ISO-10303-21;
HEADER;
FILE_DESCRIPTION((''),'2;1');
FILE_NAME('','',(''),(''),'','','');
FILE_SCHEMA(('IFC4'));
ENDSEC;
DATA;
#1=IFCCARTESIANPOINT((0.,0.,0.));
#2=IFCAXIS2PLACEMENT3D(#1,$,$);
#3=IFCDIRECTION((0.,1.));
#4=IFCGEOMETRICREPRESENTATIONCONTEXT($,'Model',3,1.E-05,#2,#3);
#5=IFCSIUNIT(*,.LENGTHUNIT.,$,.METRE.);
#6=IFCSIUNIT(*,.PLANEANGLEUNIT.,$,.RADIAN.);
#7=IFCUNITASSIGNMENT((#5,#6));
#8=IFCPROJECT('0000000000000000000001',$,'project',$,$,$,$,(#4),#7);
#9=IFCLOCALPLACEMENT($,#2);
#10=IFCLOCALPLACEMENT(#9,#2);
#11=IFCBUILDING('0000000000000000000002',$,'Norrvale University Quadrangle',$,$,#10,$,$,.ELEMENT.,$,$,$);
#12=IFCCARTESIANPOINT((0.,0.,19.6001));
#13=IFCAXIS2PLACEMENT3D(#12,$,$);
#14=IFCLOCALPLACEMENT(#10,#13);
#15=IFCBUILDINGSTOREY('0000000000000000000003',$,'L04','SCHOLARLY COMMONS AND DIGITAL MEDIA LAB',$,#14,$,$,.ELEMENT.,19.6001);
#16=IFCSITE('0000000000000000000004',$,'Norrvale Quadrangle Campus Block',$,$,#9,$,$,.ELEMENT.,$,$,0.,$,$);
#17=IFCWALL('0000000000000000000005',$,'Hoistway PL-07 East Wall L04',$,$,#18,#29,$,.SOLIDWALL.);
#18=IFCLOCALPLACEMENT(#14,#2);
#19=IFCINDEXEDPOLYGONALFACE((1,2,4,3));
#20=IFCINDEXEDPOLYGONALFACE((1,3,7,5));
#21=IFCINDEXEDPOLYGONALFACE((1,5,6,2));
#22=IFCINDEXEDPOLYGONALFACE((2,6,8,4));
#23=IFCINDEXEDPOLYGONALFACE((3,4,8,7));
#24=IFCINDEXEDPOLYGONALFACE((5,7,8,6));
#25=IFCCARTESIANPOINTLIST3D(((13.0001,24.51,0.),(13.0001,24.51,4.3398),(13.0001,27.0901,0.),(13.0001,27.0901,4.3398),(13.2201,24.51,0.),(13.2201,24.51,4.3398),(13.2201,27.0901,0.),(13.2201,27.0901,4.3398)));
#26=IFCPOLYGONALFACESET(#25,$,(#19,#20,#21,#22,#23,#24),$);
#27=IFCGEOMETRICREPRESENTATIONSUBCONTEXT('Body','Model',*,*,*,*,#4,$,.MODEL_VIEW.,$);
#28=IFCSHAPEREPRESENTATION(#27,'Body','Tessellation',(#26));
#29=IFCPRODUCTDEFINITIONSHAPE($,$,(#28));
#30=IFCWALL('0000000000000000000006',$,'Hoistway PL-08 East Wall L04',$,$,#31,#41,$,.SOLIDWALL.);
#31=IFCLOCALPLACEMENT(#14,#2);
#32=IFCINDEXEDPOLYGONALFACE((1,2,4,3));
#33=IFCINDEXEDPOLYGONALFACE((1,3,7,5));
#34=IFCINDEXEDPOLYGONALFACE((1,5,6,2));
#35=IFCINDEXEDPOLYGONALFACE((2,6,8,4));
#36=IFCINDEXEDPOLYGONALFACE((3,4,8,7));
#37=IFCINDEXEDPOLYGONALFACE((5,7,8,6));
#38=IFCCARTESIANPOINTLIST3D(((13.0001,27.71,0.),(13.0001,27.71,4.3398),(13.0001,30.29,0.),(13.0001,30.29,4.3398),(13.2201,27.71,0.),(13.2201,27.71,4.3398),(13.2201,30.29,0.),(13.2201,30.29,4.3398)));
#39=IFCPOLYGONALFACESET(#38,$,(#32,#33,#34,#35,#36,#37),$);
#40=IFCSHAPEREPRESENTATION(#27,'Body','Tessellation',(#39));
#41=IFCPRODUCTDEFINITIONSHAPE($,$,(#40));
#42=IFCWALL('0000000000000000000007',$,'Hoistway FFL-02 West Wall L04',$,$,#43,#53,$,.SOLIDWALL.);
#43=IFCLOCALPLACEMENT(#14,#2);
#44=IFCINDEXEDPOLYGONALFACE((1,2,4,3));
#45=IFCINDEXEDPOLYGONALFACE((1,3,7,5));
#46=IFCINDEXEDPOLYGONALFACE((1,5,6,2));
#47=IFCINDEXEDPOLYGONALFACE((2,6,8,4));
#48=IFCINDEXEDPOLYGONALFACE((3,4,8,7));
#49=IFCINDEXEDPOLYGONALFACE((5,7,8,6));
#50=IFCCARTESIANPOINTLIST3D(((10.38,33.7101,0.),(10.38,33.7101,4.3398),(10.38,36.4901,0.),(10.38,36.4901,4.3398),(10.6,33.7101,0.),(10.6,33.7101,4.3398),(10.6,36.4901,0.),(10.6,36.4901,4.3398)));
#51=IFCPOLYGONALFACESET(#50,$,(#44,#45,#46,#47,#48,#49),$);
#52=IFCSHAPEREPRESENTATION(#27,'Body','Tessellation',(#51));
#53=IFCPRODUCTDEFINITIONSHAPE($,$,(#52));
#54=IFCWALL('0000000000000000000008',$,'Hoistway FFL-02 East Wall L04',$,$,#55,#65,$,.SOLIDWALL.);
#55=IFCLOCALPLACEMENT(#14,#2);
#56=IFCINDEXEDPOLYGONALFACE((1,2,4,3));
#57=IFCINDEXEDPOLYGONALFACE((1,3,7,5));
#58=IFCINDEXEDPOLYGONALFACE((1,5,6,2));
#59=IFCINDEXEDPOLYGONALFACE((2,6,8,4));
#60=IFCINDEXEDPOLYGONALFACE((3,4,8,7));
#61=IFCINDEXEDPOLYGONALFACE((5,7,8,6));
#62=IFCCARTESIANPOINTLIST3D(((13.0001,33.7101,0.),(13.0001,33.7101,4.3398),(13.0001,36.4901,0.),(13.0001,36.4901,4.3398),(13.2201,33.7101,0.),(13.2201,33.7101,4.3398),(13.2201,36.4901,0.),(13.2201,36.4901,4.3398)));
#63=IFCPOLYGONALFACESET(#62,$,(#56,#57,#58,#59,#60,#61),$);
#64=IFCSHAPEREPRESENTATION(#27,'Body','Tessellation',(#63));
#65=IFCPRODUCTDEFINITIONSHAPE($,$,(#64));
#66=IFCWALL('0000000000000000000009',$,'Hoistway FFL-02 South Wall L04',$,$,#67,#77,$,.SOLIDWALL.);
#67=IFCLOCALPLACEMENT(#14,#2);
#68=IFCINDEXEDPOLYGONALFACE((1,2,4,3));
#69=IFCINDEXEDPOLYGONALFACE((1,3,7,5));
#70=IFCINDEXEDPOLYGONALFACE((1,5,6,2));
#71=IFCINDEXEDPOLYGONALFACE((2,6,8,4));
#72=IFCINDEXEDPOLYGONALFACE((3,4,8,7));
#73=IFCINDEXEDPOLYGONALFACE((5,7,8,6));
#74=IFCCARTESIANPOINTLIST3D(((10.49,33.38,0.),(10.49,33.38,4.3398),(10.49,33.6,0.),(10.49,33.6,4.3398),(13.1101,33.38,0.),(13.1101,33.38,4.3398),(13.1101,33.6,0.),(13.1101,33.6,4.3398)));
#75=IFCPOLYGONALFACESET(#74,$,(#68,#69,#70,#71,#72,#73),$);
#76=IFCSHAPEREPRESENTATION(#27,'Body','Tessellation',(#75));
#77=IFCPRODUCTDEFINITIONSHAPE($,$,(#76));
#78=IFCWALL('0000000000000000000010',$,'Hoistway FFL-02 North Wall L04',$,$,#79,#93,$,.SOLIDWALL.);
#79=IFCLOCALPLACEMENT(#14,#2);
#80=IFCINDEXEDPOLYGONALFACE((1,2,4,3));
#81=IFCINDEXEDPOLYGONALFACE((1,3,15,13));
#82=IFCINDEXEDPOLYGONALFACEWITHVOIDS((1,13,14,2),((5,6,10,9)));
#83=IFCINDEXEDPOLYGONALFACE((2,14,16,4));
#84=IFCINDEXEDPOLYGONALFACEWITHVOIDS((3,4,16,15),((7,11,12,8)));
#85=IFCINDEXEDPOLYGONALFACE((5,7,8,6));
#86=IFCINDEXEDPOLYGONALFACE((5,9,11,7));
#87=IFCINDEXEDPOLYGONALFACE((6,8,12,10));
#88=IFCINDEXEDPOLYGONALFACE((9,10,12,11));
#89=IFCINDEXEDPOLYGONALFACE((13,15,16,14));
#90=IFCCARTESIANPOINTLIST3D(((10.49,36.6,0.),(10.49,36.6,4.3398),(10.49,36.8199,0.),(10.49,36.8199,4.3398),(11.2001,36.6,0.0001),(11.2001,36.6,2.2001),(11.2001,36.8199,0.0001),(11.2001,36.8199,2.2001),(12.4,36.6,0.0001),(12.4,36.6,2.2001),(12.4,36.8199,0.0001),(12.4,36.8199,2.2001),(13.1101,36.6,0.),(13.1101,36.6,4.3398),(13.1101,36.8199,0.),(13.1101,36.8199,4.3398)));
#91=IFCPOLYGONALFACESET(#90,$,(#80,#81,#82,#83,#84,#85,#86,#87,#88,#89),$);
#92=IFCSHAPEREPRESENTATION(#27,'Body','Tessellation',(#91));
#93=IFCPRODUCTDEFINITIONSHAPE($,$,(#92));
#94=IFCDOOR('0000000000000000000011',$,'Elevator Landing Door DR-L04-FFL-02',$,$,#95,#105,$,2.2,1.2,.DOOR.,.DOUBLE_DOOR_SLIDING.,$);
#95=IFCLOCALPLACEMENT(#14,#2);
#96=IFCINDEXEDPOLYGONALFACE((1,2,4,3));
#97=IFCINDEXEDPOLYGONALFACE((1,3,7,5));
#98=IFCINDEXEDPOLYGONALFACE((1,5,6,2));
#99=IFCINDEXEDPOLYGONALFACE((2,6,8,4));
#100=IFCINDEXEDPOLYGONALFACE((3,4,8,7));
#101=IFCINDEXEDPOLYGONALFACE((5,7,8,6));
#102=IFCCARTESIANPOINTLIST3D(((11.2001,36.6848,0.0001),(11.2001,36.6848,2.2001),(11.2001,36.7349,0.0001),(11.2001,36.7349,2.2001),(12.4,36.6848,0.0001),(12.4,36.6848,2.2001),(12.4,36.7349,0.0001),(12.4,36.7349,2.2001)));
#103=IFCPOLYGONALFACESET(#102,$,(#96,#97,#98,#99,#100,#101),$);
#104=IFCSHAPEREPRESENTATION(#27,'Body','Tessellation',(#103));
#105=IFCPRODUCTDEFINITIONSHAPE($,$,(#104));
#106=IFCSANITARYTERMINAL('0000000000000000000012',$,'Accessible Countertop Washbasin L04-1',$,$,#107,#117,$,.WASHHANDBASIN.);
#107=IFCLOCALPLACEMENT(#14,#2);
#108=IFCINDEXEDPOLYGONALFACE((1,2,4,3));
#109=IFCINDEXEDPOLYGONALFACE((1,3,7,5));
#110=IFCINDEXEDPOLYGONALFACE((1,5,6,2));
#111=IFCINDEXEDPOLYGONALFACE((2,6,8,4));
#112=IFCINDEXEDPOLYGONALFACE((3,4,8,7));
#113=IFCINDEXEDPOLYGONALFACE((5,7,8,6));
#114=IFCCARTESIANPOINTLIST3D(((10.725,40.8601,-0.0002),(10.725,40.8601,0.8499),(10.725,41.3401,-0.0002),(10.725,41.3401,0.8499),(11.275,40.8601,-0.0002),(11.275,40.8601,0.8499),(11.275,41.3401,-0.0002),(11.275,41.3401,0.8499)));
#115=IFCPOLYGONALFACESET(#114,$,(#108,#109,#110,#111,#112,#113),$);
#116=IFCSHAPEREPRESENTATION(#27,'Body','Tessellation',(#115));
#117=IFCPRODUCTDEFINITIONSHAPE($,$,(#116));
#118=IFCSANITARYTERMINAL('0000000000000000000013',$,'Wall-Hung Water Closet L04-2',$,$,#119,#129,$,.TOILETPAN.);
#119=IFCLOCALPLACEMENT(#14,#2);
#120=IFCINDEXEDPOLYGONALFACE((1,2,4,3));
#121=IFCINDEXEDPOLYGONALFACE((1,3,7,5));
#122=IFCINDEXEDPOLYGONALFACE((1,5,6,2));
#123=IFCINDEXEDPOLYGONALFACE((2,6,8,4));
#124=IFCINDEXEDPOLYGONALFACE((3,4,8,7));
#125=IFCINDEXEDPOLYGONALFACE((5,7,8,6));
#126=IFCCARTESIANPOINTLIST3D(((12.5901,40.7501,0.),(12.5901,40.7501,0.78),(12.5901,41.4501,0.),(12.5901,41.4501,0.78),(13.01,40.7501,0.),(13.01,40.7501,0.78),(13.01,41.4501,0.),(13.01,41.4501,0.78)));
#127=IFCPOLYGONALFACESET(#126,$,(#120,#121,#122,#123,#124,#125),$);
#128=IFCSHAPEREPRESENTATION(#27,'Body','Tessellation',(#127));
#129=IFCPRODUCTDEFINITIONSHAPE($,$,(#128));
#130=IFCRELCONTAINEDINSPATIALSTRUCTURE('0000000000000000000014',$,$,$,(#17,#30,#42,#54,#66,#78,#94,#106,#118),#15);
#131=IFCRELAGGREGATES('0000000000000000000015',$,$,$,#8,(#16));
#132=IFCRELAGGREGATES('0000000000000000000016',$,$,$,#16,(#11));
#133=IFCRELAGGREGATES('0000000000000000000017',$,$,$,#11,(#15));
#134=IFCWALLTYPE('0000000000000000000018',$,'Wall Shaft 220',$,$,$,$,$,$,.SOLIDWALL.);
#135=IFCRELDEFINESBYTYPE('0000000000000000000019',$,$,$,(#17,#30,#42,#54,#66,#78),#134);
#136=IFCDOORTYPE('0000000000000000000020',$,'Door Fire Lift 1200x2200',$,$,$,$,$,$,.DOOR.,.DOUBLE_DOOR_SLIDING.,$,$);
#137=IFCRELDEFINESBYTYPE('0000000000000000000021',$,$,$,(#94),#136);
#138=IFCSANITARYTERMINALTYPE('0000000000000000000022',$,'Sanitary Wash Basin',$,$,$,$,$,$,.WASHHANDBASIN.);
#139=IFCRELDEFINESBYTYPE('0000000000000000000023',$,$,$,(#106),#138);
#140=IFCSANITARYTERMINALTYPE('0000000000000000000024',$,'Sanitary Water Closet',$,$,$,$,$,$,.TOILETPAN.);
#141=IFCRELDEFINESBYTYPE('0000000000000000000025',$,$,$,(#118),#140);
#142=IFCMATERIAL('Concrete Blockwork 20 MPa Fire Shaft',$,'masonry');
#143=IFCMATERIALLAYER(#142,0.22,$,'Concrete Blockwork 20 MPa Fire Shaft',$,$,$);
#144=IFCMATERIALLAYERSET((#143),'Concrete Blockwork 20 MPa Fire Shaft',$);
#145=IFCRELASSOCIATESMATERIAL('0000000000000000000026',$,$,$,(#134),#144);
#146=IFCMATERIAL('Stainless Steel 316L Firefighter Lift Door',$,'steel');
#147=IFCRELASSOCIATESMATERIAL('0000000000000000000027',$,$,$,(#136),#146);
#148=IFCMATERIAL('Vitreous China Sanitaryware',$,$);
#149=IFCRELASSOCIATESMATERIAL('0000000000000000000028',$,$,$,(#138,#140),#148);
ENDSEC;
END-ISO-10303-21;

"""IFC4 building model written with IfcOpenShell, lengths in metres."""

from ifc_helpers import new_model, si_unit, direction, frame, frame_2d, origin, origin_2d, place, context, subcontext, project, spatial, rectangle, extrude, material, layer, layer_set, type_object, element, fill, save


model = new_model("IFC4")

# Units and contexts
model_context = context("Model", 3, precision=1e-05, world=origin(), true_north=direction((0.0, 1.0)))
body_context = subcontext(model_context, "Body", "Model", "MODEL_VIEW")
ifc_project = project(units=[si_unit("LENGTHUNIT", "METRE"), si_unit("PLANEANGLEUNIT", "RADIAN")], contexts=[model_context])

# Site, building, storey
site_placement = place(None, origin())
site = spatial("IfcSite", under=ifc_project, at=site_placement, Name="Norrvale Quadrangle Campus Block", CompositionType="ELEMENT", RefElevation=0.0)
building_placement = place(site_placement, origin())
building = spatial("IfcBuilding", under=site, at=building_placement, Name="Norrvale University Quadrangle", CompositionType="ELEMENT")
storey_placement = place(building_placement, frame((0.0, 0.0, 19.6001)))
storey = spatial("IfcBuildingStorey", under=building, at=storey_placement, Name="L04", Description="SCHOLARLY COMMONS AND DIGITAL MEDIA LAB", CompositionType="ELEMENT", Elevation=19.6001)

# Walls
ifc_material_1 = material(Name="Concrete Blockwork 20 MPa Fire Shaft", Category="masonry")
ifc_layer_1 = layer(ifc_material_1, 0.22, Name="Concrete Blockwork 20 MPa Fire Shaft")
ifc_layer_set_1 = layer_set([ifc_layer_1], Name="Concrete Blockwork 20 MPa Fire Shaft")
wall_type_1 = type_object("IfcWallType", Name="Wall Shaft 220", PredefinedType="SOLIDWALL", material=ifc_layer_set_1)
for number, where, z_axis, x_axis, name in (
    (1, (13.1101, 24.51, 0.0), (0.0, 0.0, 1.0), (0.0, 1.0, 0.0), "Hoistway PL-07 East Wall L04"),
    (2, (13.1101, 27.71, 0.0), (0.0, 0.0, 1.0), (0.0, 1.0, 0.0), "Hoistway PL-08 East Wall L04"),
):
    element("IfcWall", number, at=place(storey_placement, frame(where, z_axis=z_axis, x_axis=x_axis)), inside=storey, type_object=wall_type_1, Name=name, PredefinedType="SOLIDWALL", context=body_context, shape_type="SweptSolid", body=[
        extrude(rectangle(XDim=2.5801, YDim=0.22, at=frame_2d((1.29, 0.0))), origin(), (0.0, 0.0, 1.0), 4.3398),
    ])
for number, where, z_axis, x_axis, name in (
    (3, (10.49, 33.71, 0.0), (0.0, 0.0, 1.0), (0.0, 1.0, 0.0), "Hoistway FFL-02 West Wall L04"),
    (4, (13.1101, 33.71, 0.0), (0.0, 0.0, 1.0), (0.0, 1.0, 0.0), "Hoistway FFL-02 East Wall L04"),
):
    element("IfcWall", number, at=place(storey_placement, frame(where, z_axis=z_axis, x_axis=x_axis)), inside=storey, type_object=wall_type_1, Name=name, PredefinedType="SOLIDWALL", context=body_context, shape_type="SweptSolid", body=[
        extrude(rectangle(XDim=2.78, YDim=0.22, at=frame_2d((1.3901, 0.0))), origin(), (0.0, 0.0, 1.0), 4.3398),
    ])
wall_1_placement = place(storey_placement, frame((10.49, 33.49, 0.0), z_axis=(0.0, 0.0, 1.0), x_axis=(1.0, 0.0, 0.0)))
element("IfcWall", 5, at=wall_1_placement, inside=storey, type_object=wall_type_1, Name="Hoistway FFL-02 South Wall L04", PredefinedType="SOLIDWALL", context=body_context, shape_type="SweptSolid", body=[
    extrude(rectangle(XDim=2.6201, YDim=0.22, at=frame_2d((1.3101, 0.0))), origin(), (0.0, 0.0, 1.0), 4.3398),
])

# Wall, opening, door
wall_2_placement = place(storey_placement, frame((10.49, 36.71, 0.0), z_axis=(0.0, 0.0, 1.0), x_axis=(1.0, 0.0, 0.0)))
wall_2 = element("IfcWall", 6, at=wall_2_placement, inside=storey, type_object=wall_type_1, Name="Hoistway FFL-02 North Wall L04", PredefinedType="SOLIDWALL", context=body_context, shape_type="SweptSolid", body=[
    extrude(rectangle(XDim=2.6201, YDim=0.22, at=frame_2d((1.3101, 0.0))), origin(), (0.0, 0.0, 1.0), 4.3398),
])
opening_1_placement = place(wall_2_placement, frame((0.71, 0.0, 0.0)))
opening_1 = element("IfcOpeningElement", 7, at=opening_1_placement, cuts=wall_2, PredefinedType="OPENING", context=body_context, shape_type="SweptSolid", body=[
    extrude(rectangle(XDim=1.2, YDim=2.2, at=frame_2d((0.6001, 1.1001))), frame((0.0, 0.1221, 0.0), z_axis=(0.0, -1.0, 0.0), x_axis=(1.0, 0.0, 0.0)), (0.0, 0.0, 1.0), 0.2439),
])
ifc_material_2 = material(Name="Stainless Steel 316L Firefighter Lift Door", Category="steel")
door_type_1 = type_object("IfcDoorType", Name="Door Fire Lift 1200x2200", OperationType="DOUBLE_DOOR_SLIDING", PredefinedType="DOOR", material=ifc_material_2)
door_1_placement = place(opening_1_placement, origin())
door_1 = element("IfcDoor", 8, at=door_1_placement, inside=storey, type_object=door_type_1, Name="Elevator Landing Door DR-L04-FFL-02", OperationType="DOUBLE_DOOR_SLIDING", OverallHeight=2.2, OverallWidth=1.2, PredefinedType="DOOR", context=body_context, shape_type="SweptSolid", body=[
    extrude(rectangle(XDim=1.2, YDim=2.2, at=frame_2d((0.6001, 1.1001))), frame((0.0, 0.0249, 0.0), z_axis=(0.0, -1.0, 0.0), x_axis=(1.0, 0.0, 0.0)), (0.0, 0.0, 1.0), 0.05),
])
fill(opening_1, door_1)

# Sanitary terminals
ifc_material_3 = material(Name="Vitreous China Sanitaryware")
sanitary_terminal_type_1 = type_object("IfcSanitaryTerminalType", Name="Sanitary Wash Basin", PredefinedType="WASHHANDBASIN", material=ifc_material_3)
sanitary_terminal_1_placement = place(storey_placement, frame((11.0, 41.1001, -0.0002), z_axis=(0.0, 0.0, 1.0), x_axis=(1.0, 0.0, 0.0)))
element("IfcSanitaryTerminal", 9, at=sanitary_terminal_1_placement, inside=storey, type_object=sanitary_terminal_type_1, Name="Accessible Countertop Washbasin L04-1", PredefinedType="WASHHANDBASIN", context=body_context, shape_type="SweptSolid", body=[
    extrude(rectangle(XDim=0.55, YDim=0.48, at=origin_2d()), origin(), (0.0, 0.0, 1.0), 0.8501),
])
sanitary_terminal_type_2 = type_object("IfcSanitaryTerminalType", Name="Sanitary Water Closet", PredefinedType="TOILETPAN", material=ifc_material_3)
sanitary_terminal_2_placement = place(storey_placement, frame((12.8, 41.1001, 0.0), z_axis=(0.0, 0.0, 1.0), x_axis=(1.0, 0.0, 0.0)))
element("IfcSanitaryTerminal", 10, at=sanitary_terminal_2_placement, inside=storey, type_object=sanitary_terminal_type_2, Name="Wall-Hung Water Closet L04-2", PredefinedType="TOILETPAN", context=body_context, shape_type="SweptSolid", body=[
    extrude(rectangle(XDim=0.4199, YDim=0.7, at=origin_2d()), origin(), (0.0, 0.0, 1.0), 0.78),
])

save(model, "model.ifc")
